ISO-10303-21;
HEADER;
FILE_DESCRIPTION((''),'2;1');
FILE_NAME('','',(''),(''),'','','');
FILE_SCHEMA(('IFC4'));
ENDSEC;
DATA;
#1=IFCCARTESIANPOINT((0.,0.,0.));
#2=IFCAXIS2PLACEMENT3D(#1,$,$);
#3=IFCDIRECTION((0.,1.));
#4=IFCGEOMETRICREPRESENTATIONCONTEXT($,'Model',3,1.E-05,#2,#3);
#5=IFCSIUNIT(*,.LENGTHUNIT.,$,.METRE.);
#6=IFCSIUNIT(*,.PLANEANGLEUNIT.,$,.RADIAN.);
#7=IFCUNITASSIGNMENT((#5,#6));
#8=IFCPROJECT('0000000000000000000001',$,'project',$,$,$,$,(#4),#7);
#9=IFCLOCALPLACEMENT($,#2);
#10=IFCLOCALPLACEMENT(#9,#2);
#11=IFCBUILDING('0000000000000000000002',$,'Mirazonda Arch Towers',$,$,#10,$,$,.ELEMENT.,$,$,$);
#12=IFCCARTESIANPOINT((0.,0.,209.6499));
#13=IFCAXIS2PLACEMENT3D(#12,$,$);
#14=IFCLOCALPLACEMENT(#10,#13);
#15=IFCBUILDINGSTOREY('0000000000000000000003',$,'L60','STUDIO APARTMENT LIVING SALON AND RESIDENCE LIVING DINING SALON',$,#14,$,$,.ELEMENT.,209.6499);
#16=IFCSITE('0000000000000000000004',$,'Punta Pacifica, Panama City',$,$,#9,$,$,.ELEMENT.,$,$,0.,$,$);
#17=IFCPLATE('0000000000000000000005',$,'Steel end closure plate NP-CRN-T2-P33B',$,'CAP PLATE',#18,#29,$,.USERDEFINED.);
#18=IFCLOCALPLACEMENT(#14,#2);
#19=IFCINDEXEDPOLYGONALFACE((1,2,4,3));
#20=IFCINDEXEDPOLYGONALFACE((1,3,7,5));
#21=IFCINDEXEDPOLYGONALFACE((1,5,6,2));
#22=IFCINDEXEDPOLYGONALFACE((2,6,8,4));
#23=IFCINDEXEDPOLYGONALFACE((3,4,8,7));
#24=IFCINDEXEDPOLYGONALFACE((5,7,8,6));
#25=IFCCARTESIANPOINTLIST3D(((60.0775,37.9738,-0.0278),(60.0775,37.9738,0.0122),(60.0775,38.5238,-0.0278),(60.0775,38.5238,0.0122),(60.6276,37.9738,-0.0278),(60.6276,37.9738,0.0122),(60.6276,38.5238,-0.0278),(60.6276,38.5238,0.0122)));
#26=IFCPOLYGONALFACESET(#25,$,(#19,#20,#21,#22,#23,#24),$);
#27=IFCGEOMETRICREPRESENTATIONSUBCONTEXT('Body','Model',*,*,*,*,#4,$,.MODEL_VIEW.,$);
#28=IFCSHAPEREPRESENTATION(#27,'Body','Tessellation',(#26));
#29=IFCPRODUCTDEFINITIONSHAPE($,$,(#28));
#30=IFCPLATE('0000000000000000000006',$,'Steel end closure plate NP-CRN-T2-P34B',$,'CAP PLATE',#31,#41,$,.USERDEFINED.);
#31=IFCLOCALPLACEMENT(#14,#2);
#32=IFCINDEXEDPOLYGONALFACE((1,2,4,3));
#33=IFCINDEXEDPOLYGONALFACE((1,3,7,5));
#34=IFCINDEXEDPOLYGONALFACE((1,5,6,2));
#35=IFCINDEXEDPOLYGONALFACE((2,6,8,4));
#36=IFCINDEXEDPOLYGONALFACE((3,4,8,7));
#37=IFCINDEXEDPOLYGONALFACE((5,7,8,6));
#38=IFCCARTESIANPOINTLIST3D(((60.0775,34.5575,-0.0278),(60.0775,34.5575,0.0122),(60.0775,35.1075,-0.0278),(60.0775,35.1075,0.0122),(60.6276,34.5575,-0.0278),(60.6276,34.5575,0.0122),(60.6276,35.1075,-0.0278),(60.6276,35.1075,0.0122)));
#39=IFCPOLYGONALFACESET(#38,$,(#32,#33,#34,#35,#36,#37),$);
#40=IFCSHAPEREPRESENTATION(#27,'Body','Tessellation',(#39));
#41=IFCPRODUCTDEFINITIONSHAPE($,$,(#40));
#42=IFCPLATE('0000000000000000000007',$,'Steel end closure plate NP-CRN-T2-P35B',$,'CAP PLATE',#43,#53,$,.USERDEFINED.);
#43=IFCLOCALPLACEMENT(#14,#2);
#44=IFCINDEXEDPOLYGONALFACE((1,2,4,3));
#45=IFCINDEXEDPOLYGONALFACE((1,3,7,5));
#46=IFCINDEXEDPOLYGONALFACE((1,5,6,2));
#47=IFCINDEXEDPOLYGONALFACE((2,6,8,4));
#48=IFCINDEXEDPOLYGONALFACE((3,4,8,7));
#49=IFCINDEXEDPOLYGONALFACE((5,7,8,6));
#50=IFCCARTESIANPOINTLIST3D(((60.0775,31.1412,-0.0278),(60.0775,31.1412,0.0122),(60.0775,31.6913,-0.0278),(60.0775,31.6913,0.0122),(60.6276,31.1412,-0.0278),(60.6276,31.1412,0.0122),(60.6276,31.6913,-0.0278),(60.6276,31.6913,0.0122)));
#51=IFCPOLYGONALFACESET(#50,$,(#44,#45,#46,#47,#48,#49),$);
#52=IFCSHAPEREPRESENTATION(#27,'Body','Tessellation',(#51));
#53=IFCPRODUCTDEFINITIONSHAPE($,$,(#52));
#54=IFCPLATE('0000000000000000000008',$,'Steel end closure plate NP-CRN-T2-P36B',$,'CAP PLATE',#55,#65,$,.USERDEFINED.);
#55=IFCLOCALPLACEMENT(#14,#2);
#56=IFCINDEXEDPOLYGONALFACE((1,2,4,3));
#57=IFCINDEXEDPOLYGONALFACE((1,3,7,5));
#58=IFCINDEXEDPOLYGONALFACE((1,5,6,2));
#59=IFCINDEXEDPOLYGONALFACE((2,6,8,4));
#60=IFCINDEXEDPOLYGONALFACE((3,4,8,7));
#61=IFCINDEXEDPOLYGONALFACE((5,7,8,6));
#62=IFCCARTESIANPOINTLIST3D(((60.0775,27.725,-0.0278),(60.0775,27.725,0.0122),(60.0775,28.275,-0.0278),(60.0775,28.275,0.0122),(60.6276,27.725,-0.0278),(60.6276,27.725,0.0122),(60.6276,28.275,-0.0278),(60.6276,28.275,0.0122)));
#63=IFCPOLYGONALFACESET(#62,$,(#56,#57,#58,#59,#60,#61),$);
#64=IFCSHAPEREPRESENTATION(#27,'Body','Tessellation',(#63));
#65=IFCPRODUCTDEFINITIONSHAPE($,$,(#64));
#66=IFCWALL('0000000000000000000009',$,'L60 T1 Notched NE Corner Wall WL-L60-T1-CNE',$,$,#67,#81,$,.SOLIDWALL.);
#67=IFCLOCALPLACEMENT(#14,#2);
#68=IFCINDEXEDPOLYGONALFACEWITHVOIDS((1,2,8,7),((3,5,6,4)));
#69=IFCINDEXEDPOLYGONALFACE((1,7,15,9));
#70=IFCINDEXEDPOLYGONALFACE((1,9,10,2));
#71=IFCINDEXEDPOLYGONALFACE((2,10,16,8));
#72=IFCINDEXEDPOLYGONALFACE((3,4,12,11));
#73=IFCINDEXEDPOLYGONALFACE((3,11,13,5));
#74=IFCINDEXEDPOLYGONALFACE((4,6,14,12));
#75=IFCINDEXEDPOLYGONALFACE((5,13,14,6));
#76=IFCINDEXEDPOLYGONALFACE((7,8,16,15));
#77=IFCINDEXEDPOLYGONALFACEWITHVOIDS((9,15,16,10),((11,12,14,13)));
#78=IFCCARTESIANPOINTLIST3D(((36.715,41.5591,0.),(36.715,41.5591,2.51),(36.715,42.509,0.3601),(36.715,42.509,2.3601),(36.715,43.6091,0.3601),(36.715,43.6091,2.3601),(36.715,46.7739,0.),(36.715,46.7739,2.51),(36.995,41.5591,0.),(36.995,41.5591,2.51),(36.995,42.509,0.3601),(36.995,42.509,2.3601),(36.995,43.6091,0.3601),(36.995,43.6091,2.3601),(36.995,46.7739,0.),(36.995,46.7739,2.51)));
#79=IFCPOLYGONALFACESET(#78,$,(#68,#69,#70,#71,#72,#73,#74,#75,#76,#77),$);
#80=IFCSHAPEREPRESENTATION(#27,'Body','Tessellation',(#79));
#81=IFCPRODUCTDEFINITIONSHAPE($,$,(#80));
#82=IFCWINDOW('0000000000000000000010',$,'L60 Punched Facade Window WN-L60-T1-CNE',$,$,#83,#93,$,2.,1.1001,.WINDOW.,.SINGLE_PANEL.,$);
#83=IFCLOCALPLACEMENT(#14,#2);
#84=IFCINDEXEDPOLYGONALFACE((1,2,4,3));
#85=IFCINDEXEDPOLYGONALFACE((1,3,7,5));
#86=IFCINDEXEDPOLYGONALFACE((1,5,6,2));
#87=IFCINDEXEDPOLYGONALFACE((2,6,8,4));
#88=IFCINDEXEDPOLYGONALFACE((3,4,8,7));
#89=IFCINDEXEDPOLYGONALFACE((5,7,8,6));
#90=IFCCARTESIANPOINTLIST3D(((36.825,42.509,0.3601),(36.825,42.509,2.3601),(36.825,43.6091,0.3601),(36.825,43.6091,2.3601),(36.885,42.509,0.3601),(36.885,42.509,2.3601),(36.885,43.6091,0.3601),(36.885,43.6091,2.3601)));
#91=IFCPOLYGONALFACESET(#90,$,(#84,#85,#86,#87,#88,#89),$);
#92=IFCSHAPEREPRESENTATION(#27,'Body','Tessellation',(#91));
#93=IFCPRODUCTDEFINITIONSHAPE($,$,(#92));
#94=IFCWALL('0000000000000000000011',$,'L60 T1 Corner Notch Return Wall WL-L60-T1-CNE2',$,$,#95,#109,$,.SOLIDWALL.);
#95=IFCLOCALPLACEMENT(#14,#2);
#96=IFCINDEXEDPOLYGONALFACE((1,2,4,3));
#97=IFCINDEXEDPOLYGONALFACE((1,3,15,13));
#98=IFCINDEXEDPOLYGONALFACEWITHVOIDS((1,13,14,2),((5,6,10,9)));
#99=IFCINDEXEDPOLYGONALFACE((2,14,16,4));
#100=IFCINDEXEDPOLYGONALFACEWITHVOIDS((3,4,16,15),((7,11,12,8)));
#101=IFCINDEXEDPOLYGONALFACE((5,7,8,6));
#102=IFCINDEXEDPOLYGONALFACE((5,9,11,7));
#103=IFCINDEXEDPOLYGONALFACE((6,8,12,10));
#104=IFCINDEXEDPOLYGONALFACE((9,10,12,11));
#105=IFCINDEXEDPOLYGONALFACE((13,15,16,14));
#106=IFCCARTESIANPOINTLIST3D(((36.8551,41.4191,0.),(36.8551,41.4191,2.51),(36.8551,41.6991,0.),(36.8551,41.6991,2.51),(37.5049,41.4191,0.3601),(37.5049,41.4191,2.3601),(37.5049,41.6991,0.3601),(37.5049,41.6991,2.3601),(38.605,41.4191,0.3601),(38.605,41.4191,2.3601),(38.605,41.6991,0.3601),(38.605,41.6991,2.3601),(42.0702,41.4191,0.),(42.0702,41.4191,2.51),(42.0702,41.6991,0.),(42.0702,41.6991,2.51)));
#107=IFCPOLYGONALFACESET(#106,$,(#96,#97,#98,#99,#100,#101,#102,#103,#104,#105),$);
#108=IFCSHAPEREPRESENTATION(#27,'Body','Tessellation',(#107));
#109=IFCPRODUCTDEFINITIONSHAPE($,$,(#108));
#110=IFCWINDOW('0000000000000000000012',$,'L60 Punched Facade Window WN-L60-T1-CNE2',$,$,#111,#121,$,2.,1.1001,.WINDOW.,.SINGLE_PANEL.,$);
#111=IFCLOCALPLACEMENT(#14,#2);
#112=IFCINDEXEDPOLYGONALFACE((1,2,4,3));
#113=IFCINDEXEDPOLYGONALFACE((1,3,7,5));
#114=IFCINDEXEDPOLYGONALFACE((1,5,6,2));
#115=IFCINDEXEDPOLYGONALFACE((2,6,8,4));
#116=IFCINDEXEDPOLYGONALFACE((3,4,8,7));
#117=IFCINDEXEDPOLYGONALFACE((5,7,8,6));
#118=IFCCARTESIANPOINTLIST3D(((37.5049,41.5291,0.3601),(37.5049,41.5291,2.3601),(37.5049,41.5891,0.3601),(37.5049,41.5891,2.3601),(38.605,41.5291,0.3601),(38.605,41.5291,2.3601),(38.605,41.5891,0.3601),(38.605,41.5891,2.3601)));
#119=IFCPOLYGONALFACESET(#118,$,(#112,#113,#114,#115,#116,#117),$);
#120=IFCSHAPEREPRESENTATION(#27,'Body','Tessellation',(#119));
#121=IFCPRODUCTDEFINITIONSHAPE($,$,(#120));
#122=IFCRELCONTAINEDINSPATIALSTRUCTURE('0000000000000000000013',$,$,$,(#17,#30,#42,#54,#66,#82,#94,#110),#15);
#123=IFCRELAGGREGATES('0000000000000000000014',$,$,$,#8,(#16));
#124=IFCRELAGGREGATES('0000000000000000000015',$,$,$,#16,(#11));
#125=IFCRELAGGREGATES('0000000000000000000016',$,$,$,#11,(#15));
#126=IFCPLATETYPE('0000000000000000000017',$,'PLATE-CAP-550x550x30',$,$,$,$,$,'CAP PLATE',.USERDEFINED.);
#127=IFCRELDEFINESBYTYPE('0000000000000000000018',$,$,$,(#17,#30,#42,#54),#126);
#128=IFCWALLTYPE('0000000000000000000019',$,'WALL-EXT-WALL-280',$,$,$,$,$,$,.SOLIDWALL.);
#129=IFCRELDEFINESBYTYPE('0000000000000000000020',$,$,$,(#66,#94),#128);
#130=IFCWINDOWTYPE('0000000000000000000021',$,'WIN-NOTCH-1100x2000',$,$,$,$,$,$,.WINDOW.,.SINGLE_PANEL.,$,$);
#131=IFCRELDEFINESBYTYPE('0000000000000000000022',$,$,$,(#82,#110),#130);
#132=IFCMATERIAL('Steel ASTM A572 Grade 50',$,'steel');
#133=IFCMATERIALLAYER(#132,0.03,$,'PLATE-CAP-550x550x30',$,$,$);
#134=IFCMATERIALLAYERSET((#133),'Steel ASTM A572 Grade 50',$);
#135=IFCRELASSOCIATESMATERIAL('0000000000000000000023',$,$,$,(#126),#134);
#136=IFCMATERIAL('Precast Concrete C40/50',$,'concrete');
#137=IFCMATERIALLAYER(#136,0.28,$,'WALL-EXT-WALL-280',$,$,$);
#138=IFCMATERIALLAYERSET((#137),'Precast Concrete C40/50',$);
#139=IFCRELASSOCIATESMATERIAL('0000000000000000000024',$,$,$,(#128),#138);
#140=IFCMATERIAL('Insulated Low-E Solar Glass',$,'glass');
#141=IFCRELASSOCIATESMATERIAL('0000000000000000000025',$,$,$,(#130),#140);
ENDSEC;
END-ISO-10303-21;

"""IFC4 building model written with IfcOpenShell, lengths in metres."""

from ifc_helpers import new_model, si_unit, direction, frame, frame_2d, origin, origin_2d, place, context, subcontext, project, spatial, rectangle, extrude, material, layer, layer_set, type_object, element, fill, save


model = new_model("IFC4")

# Units and contexts
model_context = context("Model", 3, precision=1e-05, world=origin(), true_north=direction((0.0, 1.0)))
body_context = subcontext(model_context, "Body", "Model", "MODEL_VIEW")
ifc_project = project(units=[si_unit("LENGTHUNIT", "METRE"), si_unit("PLANEANGLEUNIT", "RADIAN")], contexts=[model_context])

# Site, building, storey
site_placement = place(None, origin())
site = spatial("IfcSite", under=ifc_project, at=site_placement, Name="Punta Pacifica, Panama City", CompositionType="ELEMENT", RefElevation=0.0)
building_placement = place(site_placement, origin())
building = spatial("IfcBuilding", under=site, at=building_placement, Name="Mirazonda Arch Towers", CompositionType="ELEMENT")
storey_placement = place(building_placement, frame((0.0, 0.0, 209.6499)))
storey = spatial("IfcBuildingStorey", under=building, at=storey_placement, Name="L60", Description="STUDIO APARTMENT LIVING SALON AND RESIDENCE LIVING DINING SALON", CompositionType="ELEMENT", Elevation=209.6499)

# Shared definitions
ifc_material_1 = material(Name="Steel ASTM A572 Grade 50", Category="steel")

# Shared definitions
ifc_material_2 = material(Name="Insulated Low-E Solar Glass", Category="glass")

# Plates
ifc_layer_1 = layer(ifc_material_1, 0.03, Name="PLATE-CAP-550x550x30")
ifc_layer_set_1 = layer_set([ifc_layer_1], Name="Steel ASTM A572 Grade 50")
plate_type_1 = type_object("IfcPlateType", Name="PLATE-CAP-550x550x30", ElementType="CAP PLATE", PredefinedType="USERDEFINED", material=ifc_layer_set_1)
for number, where, z_axis, x_axis, name in (
    (1, (60.3525, 38.2488, -0.0278), (0.0, 0.0, 1.0), (1.0, 0.0, 0.0), "Steel end closure plate NP-CRN-T2-P33B"),
    (2, (60.3525, 34.8325, -0.0278), (0.0, 0.0, 1.0), (1.0, 0.0, 0.0), "Steel end closure plate NP-CRN-T2-P34B"),
    (3, (60.3525, 31.4163, -0.0278), (0.0, 0.0, 1.0), (1.0, 0.0, 0.0), "Steel end closure plate NP-CRN-T2-P35B"),
    (4, (60.3525, 28.0, -0.0278), (0.0, 0.0, 1.0), (1.0, 0.0, 0.0), "Steel end closure plate NP-CRN-T2-P36B"),
):
    element("IfcPlate", number, at=place(storey_placement, frame(where, z_axis=z_axis, x_axis=x_axis)), inside=storey, type_object=plate_type_1, Name=name, ObjectType="CAP PLATE", PredefinedType="USERDEFINED", context=body_context, shape_type="SweptSolid", body=[
        extrude(rectangle(XDim=0.55, YDim=0.55, at=origin_2d()), origin(), (0.0, 0.0, 1.0), 0.04),
    ])

# Walls, openings, windows
ifc_material_3 = material(Name="Precast Concrete C40/50", Category="concrete")
ifc_layer_2 = layer(ifc_material_3, 0.28, Name="WALL-EXT-WALL-280")
ifc_layer_set_2 = layer_set([ifc_layer_2], Name="Precast Concrete C40/50")
wall_type = type_object("IfcWallType", Name="WALL-EXT-WALL-280", PredefinedType="SOLIDWALL", material=ifc_layer_set_2)
wall_1_placement = place(storey_placement, frame((36.855, 41.5591, 0.0), z_axis=(0.0, 0.0, 1.0), x_axis=(0.0, 1.0, 0.0)))
wall_1 = element("IfcWall", 5, at=wall_1_placement, inside=storey, type_object=wall_type, Name="L60 T1 Notched NE Corner Wall WL-L60-T1-CNE", PredefinedType="SOLIDWALL", context=body_context, shape_type="SweptSolid", body=[
    extrude(rectangle(XDim=5.2148, YDim=0.28, at=frame_2d((2.6074, 0.0))), origin(), (0.0, 0.0, 1.0), 2.51),
])
opening_1_placement = place(wall_1_placement, frame((0.95, 0.0, 0.3601)))
opening_1 = element("IfcOpeningElement", 6, at=opening_1_placement, cuts=wall_1, PredefinedType="OPENING", context=body_context, shape_type="SweptSolid", body=[
    extrude(rectangle(XDim=1.1001, YDim=2.0, at=frame_2d((0.55, 1.0))), frame((0.0, 0.1499, 0.0), z_axis=(0.0, -1.0, 0.0), x_axis=(1.0, 0.0, 0.0)), (0.0, 0.0, 1.0), 0.3),
])
window_type = type_object("IfcWindowType", Name="WIN-NOTCH-1100x2000", PartitioningType="SINGLE_PANEL", PredefinedType="WINDOW", material=ifc_material_2)
window_1_placement = place(opening_1_placement, origin())
window_1 = element("IfcWindow", 7, at=window_1_placement, inside=storey, type_object=window_type, Name="L60 Punched Facade Window WN-L60-T1-CNE", OverallHeight=2.0, OverallWidth=1.1001, PartitioningType="SINGLE_PANEL", PredefinedType="WINDOW", context=body_context, shape_type="SweptSolid", body=[
    extrude(rectangle(XDim=1.1001, YDim=2.0, at=frame_2d((0.55, 1.0))), frame((0.0, 0.03, 0.0), z_axis=(0.0, -1.0, 0.0), x_axis=(1.0, 0.0, 0.0)), (0.0, 0.0, 1.0), 0.0601),
])
fill(opening_1, window_1)
wall_2_placement = place(storey_placement, frame((42.0701, 41.5591, 0.0), z_axis=(0.0, 0.0, 1.0), x_axis=(-1.0, 0.0, 0.0)))
wall_2 = element("IfcWall", 8, at=wall_2_placement, inside=storey, type_object=wall_type, Name="L60 T1 Corner Notch Return Wall WL-L60-T1-CNE2", PredefinedType="SOLIDWALL", context=body_context, shape_type="SweptSolid", body=[
    extrude(rectangle(XDim=5.2151, YDim=0.28, at=frame_2d((2.6074, 0.0))), origin(), (0.0, 0.0, 1.0), 2.51),
])
opening_2_placement = place(wall_2_placement, frame((3.4651, 0.0, 0.3601)))
opening_2 = element("IfcOpeningElement", 9, at=opening_2_placement, cuts=wall_2, PredefinedType="OPENING", context=body_context, shape_type="SweptSolid", body=[
    extrude(rectangle(XDim=1.1001, YDim=2.0, at=frame_2d((0.55, 1.0))), frame((0.0, 0.1499, 0.0), z_axis=(0.0, -1.0, 0.0), x_axis=(1.0, 0.0, 0.0)), (0.0, 0.0, 1.0), 0.3),
])
window_2_placement = place(opening_2_placement, origin())
window_2 = element("IfcWindow", 10, at=window_2_placement, inside=storey, type_object=window_type, Name="L60 Punched Facade Window WN-L60-T1-CNE2", OverallHeight=2.0, OverallWidth=1.1001, PartitioningType="SINGLE_PANEL", PredefinedType="WINDOW", context=body_context, shape_type="SweptSolid", body=[
    extrude(rectangle(XDim=1.1001, YDim=2.0, at=frame_2d((0.55, 1.0))), frame((0.0, 0.03, 0.0), z_axis=(0.0, -1.0, 0.0), x_axis=(1.0, 0.0, 0.0)), (0.0, 0.0, 1.0), 0.0601),
])
fill(opening_2, window_2)

save(model, "model.ifc")
